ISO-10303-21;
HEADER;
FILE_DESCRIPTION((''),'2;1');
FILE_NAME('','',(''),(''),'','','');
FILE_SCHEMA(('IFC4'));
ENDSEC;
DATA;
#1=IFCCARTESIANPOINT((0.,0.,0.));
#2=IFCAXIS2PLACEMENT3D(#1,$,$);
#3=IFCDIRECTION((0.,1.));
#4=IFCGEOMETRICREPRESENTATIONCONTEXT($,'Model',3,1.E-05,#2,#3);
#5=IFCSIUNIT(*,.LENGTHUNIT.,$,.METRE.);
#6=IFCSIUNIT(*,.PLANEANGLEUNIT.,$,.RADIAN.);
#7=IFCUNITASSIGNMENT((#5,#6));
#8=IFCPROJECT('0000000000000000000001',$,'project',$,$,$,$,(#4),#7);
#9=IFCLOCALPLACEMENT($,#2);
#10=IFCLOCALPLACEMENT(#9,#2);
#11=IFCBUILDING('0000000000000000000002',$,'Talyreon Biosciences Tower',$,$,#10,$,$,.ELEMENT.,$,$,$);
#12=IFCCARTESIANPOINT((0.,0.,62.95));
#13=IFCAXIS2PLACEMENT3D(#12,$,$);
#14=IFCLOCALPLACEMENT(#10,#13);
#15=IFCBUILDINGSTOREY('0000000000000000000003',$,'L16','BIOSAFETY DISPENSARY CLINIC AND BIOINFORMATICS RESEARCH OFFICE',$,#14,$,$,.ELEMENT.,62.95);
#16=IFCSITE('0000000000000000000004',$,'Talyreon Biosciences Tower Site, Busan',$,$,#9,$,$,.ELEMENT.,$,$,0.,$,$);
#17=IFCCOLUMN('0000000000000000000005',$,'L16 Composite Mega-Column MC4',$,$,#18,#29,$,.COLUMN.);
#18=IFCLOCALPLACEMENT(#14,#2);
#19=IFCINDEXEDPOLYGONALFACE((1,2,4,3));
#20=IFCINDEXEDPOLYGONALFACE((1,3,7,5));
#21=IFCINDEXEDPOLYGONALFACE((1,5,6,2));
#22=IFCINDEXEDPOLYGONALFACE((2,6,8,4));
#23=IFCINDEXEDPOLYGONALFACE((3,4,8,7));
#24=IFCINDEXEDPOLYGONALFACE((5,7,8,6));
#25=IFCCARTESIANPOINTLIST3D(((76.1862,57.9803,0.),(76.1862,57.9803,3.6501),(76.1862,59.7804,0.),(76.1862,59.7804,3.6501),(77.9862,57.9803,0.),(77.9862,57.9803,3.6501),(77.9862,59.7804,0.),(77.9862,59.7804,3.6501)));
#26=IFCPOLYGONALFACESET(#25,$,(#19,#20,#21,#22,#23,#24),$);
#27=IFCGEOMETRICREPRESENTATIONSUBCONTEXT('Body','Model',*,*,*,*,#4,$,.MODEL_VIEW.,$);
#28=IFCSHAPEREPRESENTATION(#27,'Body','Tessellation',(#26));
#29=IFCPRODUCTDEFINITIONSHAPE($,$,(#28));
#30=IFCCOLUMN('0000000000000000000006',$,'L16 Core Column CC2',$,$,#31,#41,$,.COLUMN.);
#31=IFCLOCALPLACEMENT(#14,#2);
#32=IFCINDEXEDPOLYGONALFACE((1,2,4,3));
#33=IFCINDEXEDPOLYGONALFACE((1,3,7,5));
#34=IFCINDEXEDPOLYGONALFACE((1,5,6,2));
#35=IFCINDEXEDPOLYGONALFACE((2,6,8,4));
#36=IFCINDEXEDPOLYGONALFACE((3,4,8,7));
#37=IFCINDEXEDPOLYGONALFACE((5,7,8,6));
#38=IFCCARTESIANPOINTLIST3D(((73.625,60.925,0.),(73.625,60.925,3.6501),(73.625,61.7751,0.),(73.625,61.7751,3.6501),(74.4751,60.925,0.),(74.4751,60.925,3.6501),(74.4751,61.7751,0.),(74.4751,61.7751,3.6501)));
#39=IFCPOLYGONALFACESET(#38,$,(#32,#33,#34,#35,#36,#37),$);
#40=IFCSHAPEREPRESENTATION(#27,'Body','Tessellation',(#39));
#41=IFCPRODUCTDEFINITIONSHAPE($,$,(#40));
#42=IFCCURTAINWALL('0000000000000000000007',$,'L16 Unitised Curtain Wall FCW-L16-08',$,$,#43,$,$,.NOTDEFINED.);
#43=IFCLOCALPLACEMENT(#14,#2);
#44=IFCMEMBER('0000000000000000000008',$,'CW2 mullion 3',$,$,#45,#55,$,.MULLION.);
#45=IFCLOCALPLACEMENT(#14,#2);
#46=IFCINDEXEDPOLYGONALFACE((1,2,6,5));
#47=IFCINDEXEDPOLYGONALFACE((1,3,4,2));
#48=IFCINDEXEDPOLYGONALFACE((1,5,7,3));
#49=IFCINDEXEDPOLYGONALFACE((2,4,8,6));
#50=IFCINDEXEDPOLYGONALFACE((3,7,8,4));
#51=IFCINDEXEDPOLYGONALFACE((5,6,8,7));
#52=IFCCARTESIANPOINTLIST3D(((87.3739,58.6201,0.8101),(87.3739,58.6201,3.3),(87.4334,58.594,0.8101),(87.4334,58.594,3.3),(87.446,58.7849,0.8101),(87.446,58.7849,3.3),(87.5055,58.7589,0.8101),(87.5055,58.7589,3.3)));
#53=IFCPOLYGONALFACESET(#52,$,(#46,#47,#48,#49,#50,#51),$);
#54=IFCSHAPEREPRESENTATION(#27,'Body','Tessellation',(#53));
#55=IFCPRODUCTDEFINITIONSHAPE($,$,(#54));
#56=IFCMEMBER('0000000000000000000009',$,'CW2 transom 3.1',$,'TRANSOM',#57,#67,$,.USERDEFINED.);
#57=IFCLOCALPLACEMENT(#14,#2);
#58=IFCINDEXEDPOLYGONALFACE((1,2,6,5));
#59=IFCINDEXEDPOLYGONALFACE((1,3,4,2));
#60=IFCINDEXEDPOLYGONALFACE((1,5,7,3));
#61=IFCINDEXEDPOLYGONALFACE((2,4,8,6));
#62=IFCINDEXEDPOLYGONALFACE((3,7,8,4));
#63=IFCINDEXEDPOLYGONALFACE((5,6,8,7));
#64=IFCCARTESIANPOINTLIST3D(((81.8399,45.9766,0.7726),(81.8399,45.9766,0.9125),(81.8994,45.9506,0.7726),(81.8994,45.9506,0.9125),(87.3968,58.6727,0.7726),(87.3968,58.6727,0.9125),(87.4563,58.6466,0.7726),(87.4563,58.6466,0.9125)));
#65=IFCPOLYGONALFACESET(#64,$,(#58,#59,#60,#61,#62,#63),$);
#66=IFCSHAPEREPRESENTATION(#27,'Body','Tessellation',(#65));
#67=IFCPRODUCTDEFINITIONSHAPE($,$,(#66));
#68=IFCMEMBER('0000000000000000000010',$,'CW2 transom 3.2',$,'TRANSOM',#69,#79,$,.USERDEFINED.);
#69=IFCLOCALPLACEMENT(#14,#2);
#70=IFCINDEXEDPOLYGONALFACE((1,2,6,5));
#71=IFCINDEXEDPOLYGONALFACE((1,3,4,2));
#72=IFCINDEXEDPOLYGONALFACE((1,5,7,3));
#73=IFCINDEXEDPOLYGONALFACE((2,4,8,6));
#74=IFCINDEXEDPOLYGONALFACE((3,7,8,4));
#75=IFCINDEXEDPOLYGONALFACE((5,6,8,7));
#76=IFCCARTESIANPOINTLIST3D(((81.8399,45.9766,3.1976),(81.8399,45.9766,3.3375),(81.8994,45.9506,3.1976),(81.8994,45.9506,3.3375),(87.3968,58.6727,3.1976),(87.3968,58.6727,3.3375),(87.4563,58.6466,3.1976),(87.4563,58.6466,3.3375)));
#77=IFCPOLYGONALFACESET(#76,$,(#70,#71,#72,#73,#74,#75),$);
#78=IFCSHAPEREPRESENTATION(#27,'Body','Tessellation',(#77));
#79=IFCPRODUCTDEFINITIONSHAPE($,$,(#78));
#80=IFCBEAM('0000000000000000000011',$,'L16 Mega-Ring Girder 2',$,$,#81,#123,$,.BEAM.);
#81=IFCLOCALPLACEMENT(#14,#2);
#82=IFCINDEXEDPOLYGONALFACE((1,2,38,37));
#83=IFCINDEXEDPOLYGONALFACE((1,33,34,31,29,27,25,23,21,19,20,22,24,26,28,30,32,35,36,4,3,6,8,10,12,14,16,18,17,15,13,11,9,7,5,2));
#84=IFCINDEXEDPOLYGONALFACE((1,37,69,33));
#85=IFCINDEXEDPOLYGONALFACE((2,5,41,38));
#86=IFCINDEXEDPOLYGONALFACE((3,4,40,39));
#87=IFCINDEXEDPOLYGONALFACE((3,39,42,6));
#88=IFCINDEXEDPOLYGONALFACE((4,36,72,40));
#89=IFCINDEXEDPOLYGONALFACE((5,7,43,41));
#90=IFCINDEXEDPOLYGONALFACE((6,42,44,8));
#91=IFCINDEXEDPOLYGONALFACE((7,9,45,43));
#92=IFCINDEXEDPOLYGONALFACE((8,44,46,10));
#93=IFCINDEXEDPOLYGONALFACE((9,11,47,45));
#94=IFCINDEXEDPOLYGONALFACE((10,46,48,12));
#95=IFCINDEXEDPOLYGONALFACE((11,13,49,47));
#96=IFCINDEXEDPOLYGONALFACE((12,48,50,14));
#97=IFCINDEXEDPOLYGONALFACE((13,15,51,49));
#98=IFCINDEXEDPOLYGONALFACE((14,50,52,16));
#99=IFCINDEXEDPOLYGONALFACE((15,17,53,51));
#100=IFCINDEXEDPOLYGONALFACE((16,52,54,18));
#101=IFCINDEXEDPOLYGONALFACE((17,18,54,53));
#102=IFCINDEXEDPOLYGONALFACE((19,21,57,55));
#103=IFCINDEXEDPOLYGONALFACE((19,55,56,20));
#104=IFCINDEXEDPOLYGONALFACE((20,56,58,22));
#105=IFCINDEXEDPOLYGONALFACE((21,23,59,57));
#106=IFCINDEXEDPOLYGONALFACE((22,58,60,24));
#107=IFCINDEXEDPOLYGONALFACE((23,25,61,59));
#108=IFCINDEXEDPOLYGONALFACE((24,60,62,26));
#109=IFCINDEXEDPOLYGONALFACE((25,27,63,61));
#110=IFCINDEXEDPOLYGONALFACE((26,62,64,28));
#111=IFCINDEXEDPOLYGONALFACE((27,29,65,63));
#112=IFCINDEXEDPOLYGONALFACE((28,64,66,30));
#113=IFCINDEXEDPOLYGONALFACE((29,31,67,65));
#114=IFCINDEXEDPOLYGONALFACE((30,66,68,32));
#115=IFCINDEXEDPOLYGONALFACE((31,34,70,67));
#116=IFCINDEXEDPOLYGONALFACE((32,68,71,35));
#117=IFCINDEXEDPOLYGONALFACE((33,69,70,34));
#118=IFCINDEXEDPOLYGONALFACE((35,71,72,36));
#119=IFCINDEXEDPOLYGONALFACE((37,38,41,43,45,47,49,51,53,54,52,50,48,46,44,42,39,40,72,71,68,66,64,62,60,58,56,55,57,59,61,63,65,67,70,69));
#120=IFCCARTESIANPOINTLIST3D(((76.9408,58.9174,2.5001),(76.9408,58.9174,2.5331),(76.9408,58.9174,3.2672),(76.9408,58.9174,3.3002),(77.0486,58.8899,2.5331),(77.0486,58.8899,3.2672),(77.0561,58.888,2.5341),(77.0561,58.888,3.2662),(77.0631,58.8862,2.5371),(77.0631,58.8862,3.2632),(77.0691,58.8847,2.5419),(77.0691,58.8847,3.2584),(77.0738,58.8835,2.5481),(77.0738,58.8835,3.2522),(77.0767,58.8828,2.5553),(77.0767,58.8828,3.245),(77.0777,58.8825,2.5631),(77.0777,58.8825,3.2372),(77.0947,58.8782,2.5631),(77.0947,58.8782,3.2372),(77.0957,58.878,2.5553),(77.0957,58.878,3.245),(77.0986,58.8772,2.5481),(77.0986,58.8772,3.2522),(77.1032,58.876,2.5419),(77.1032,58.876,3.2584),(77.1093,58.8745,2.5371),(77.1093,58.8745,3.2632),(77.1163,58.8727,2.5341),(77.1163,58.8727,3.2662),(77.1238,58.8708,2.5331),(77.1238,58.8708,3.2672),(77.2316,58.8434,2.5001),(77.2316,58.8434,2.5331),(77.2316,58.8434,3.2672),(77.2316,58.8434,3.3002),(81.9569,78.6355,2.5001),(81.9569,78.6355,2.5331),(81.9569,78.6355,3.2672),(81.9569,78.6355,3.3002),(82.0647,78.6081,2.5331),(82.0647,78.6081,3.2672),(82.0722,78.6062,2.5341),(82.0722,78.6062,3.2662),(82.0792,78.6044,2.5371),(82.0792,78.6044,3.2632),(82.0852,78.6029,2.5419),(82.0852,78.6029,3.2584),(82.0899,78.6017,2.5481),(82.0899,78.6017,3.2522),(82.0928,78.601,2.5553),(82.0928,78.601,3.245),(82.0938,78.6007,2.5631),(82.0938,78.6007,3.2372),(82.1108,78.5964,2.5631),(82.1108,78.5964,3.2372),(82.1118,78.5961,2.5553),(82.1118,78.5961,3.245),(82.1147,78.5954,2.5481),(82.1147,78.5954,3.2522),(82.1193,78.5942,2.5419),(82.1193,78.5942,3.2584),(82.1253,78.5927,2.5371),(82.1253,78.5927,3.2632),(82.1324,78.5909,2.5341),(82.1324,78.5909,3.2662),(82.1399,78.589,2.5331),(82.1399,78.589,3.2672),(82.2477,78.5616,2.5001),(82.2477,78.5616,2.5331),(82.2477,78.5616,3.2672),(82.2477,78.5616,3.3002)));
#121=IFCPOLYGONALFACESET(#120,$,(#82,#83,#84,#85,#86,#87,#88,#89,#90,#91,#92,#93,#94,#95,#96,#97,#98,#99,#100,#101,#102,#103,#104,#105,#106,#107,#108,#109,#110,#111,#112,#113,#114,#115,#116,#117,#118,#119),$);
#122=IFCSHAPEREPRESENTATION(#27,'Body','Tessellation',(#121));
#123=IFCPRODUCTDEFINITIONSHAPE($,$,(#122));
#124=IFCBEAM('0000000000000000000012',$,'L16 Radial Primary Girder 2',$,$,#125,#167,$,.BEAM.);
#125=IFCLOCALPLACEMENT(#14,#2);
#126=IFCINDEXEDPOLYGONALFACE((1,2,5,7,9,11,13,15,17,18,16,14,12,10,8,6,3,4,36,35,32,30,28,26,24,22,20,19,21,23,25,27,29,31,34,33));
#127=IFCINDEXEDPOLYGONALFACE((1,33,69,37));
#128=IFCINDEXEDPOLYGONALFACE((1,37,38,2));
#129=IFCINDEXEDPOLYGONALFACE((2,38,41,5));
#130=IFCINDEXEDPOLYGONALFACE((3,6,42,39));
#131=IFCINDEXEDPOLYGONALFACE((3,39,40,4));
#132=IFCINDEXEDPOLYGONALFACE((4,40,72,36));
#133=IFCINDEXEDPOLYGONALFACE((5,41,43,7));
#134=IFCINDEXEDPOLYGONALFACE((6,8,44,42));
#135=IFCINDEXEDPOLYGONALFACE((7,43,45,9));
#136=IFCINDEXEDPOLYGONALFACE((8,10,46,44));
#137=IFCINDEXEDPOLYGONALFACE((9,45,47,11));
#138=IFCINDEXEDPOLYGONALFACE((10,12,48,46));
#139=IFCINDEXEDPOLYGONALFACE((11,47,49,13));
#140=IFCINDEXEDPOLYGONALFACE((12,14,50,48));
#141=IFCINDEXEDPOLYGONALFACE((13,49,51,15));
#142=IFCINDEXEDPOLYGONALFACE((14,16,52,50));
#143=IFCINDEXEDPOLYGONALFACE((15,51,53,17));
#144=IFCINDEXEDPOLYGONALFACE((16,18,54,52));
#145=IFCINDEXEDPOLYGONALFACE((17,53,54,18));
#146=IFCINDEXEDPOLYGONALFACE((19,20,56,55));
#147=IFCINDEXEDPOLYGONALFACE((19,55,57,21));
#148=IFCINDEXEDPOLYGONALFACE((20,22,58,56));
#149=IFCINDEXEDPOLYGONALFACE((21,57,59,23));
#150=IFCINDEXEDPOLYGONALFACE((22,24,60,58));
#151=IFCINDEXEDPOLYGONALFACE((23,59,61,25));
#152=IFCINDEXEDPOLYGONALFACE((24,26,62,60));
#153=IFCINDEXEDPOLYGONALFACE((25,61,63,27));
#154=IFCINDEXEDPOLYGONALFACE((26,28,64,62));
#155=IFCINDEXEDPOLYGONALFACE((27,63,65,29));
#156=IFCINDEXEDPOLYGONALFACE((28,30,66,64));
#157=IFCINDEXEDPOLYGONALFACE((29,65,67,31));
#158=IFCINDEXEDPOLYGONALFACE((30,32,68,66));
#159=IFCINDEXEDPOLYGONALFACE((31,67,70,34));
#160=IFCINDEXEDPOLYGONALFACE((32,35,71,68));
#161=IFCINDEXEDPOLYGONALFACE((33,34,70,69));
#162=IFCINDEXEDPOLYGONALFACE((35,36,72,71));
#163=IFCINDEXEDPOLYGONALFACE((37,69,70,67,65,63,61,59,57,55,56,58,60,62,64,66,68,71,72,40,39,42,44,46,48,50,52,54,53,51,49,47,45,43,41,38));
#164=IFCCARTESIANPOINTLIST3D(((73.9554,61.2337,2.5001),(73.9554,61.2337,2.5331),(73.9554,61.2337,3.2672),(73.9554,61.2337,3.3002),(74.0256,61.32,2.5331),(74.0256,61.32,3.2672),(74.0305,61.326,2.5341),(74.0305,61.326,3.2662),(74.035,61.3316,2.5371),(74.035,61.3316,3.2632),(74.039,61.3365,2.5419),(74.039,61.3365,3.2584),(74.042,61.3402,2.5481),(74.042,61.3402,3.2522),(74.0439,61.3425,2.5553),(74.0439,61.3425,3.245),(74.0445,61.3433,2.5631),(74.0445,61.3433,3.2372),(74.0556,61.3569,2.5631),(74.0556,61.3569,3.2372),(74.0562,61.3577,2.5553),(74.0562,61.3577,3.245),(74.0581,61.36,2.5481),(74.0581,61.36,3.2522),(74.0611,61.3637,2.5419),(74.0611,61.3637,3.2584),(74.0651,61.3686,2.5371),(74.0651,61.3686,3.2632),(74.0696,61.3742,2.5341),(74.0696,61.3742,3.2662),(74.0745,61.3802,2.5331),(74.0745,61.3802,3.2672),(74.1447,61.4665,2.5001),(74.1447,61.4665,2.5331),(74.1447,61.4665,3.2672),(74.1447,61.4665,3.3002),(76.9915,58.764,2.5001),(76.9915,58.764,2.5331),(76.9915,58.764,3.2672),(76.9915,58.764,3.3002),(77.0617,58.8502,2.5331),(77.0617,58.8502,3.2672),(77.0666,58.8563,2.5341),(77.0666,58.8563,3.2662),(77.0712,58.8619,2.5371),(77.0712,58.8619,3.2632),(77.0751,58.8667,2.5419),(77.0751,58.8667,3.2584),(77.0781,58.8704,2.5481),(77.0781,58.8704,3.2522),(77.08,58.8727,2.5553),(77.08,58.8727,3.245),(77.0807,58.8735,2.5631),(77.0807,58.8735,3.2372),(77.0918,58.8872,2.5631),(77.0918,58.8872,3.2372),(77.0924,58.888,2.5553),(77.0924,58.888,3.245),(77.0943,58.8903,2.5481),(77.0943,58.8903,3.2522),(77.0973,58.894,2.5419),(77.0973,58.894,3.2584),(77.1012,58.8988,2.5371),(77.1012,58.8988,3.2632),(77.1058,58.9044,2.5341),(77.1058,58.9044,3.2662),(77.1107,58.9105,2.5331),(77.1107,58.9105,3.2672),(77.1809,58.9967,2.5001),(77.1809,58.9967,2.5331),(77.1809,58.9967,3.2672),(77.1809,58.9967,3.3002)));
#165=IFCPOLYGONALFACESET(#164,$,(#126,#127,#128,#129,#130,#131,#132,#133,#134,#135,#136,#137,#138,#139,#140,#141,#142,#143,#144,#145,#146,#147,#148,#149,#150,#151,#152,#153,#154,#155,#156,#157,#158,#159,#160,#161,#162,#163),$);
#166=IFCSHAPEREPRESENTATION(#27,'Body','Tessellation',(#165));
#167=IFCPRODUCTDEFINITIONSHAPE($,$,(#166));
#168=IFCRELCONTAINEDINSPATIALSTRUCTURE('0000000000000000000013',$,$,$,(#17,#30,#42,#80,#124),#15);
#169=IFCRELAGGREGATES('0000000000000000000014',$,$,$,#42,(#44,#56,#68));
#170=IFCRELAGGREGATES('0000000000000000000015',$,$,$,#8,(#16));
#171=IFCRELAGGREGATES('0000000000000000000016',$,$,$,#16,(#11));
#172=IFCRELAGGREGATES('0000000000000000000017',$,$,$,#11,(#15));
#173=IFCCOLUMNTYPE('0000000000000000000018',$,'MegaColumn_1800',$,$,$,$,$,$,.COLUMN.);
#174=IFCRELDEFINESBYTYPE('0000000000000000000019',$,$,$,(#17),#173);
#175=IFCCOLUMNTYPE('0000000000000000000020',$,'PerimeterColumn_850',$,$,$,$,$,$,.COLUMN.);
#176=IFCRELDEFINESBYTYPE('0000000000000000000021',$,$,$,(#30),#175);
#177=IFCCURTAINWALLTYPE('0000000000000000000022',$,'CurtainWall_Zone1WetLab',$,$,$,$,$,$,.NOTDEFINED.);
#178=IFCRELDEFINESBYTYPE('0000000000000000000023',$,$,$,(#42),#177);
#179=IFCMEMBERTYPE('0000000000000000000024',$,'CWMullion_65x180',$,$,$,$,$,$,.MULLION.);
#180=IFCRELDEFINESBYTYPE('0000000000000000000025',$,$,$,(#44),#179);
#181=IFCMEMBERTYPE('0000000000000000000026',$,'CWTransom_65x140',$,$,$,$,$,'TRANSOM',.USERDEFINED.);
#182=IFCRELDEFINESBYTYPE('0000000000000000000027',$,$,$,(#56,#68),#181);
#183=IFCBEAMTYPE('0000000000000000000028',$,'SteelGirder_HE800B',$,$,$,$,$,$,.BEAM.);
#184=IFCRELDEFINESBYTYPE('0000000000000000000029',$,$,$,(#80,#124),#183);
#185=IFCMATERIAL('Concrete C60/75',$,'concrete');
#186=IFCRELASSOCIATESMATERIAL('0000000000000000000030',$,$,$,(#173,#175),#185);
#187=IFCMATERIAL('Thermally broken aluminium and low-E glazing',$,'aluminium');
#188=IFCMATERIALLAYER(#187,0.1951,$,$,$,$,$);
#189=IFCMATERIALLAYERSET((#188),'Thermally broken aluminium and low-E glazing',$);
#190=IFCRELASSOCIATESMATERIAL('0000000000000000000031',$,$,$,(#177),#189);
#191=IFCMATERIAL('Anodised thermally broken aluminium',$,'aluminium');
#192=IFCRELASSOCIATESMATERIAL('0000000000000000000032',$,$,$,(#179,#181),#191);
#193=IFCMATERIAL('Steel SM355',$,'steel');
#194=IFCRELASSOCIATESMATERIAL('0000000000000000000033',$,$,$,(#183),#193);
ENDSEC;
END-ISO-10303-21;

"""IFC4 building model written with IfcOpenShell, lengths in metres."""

from ifc_helpers import new_model, si_unit, direction, frame, origin, origin_2d, place, context, subcontext, project, spatial, rectangle, i_section, extrude, material, layer, layer_set, material_profile, profile_set, type_object, element, aggregate, save


model = new_model("IFC4")

# Units and contexts
model_context = context("Model", 3, precision=1e-05, world=origin(), true_north=direction((0.0, 1.0)))
body_context = subcontext(model_context, "Body", "Model", "MODEL_VIEW")
ifc_project = project(units=[si_unit("LENGTHUNIT", "METRE"), si_unit("PLANEANGLEUNIT", "RADIAN")], contexts=[model_context])

# Site, building, storey
site_placement = place(None, origin())
site = spatial("IfcSite", under=ifc_project, at=site_placement, Name="Talyreon Biosciences Tower Site, Busan", CompositionType="ELEMENT", RefElevation=0.0)
building_placement = place(site_placement, origin())
building = spatial("IfcBuilding", under=site, at=building_placement, Name="Talyreon Biosciences Tower", CompositionType="ELEMENT")
storey_placement = place(building_placement, frame((0.0, 0.0, 62.95)))
storey = spatial("IfcBuildingStorey", under=building, at=storey_placement, Name="L16", Description="BIOSAFETY DISPENSARY CLINIC AND BIOINFORMATICS RESEARCH OFFICE", CompositionType="ELEMENT", Elevation=62.95)

# Columns
ifc_material_1 = material(Name="Concrete C60/75", Category="concrete")
ifc_material_profile_1 = material_profile(ifc_material_1, rectangle(XDim=1.8, YDim=1.8, at=origin_2d()), Name="RC 1800x1800")
ifc_profile_set_1 = profile_set([ifc_material_profile_1], Name="Concrete C60/75")
column_type_1 = type_object("IfcColumnType", Name="MegaColumn_1800", PredefinedType="COLUMN", material=ifc_profile_set_1)
column_1_placement = place(storey_placement, frame((77.0862, 58.8804, 0.0), z_axis=(0.0, 0.0, 1.0), x_axis=(1.0, 0.0, 0.0)))
element("IfcColumn", 1, at=column_1_placement, inside=storey, type_object=column_type_1, Name="L16 Composite Mega-Column MC4", PredefinedType="COLUMN", context=body_context, shape_type="SweptSolid", body=[
    extrude(rectangle(XDim=1.8, YDim=1.8, at=origin_2d()), origin(), (0.0, 0.0, 1.0), 3.6501),
])
ifc_material_profile_2 = material_profile(ifc_material_1, rectangle(XDim=0.8501, YDim=0.8501, at=origin_2d()), Name="RC 850x850")
ifc_profile_set_2 = profile_set([ifc_material_profile_2], Name="Concrete C60/75")
column_type_2 = type_object("IfcColumnType", Name="PerimeterColumn_850", PredefinedType="COLUMN", material=ifc_profile_set_2)
column_2_placement = place(storey_placement, frame((74.05, 61.3501, 0.0), z_axis=(0.0, 0.0, 1.0), x_axis=(1.0, 0.0, 0.0)))
element("IfcColumn", 2, at=column_2_placement, inside=storey, type_object=column_type_2, Name="L16 Core Column CC2", PredefinedType="COLUMN", context=body_context, shape_type="SweptSolid", body=[
    extrude(rectangle(XDim=0.8501, YDim=0.8501, at=origin_2d()), origin(), (0.0, 0.0, 1.0), 3.6501),
])

# Curtain wall, members
ifc_material_2 = material(Name="Thermally broken aluminium and low-E glazing", Category="aluminium")
ifc_layer_1 = layer(ifc_material_2, 0.1951)
ifc_layer_set_1 = layer_set([ifc_layer_1], Name="Thermally broken aluminium and low-E glazing")
curtain_wall_type = type_object("IfcCurtainWallType", Name="CurtainWall_Zone1WetLab", PredefinedType="NOTDEFINED", material=ifc_layer_set_1)
curtain_wall_placement = place(storey_placement, origin())
curtain_wall = element("IfcCurtainWall", 3, at=curtain_wall_placement, inside=storey, type_object=curtain_wall_type, Name="L16 Unitised Curtain Wall FCW-L16-08", PredefinedType="NOTDEFINED")
ifc_material_3 = material(Name="Anodised thermally broken aluminium", Category="aluminium")
ifc_material_profile_3 = material_profile(ifc_material_3, rectangle(XDim=0.0649, YDim=0.1799, at=origin_2d()), Name="ALUM MULLION 65x180")
ifc_profile_set_3 = profile_set([ifc_material_profile_3], Name="Anodised thermally broken aluminium")
member_type_1 = type_object("IfcMemberType", Name="CWMullion_65x180", PredefinedType="MULLION", material=ifc_profile_set_3)
member_1_placement = place(storey_placement, frame((87.4397, 58.6895, 0.8101), z_axis=(0.0, 0.0, 1.0), x_axis=(0.916092, -0.400968, 0.0)))
member_1 = element("IfcMember", 4, at=member_1_placement, type_object=member_type_1, Name="CW2 mullion 3", PredefinedType="MULLION", context=body_context, shape_type="SweptSolid", body=[
    extrude(rectangle(XDim=0.0649, YDim=0.1799, at=origin_2d()), origin(), (0.0, 0.0, 1.0), 2.49),
])
ifc_material_profile_4 = material_profile(ifc_material_3, rectangle(XDim=0.0649, YDim=0.1399, at=origin_2d()), Name="ALUM TRANSOM 65x140")
ifc_profile_set_4 = profile_set([ifc_material_profile_4], Name="Anodised thermally broken aluminium")
member_type_2 = type_object("IfcMemberType", Name="CWTransom_65x140", ElementType="TRANSOM", PredefinedType="USERDEFINED", material=ifc_profile_set_4)
member_2_placement = place(storey_placement, frame((87.4265, 58.6597, 0.8425), z_axis=(-0.400962, -0.916095, 0.0), x_axis=(0.916095, -0.400962, 0.0)))
member_2 = element("IfcMember", 5, at=member_2_placement, type_object=member_type_2, Name="CW2 transom 3.1", ObjectType="TRANSOM", PredefinedType="USERDEFINED", context=body_context, shape_type="SweptSolid", body=[
    extrude(rectangle(XDim=0.0649, YDim=0.1399, at=origin_2d()), origin(), (0.0, 0.0, 1.0), 13.8589),
])
member_3_placement = place(storey_placement, frame((87.4265, 58.6597, 3.2676), z_axis=(-0.400962, -0.916095, 0.0), x_axis=(0.916095, -0.400962, 0.0)))
member_3 = element("IfcMember", 6, at=member_3_placement, type_object=member_type_2, Name="CW2 transom 3.2", ObjectType="TRANSOM", PredefinedType="USERDEFINED", context=body_context, shape_type="SweptSolid", body=[
    extrude(rectangle(XDim=0.0649, YDim=0.1399, at=origin_2d()), origin(), (0.0, 0.0, 1.0), 13.8589),
])

# Beams
ifc_material_4 = material(Name="Steel SM355", Category="steel")
ifc_material_profile_5 = material_profile(ifc_material_4, i_section(OverallWidth=0.3, OverallDepth=0.8, WebThickness=0.0176, FlangeThickness=0.033, FilletRadius=0.03, at=origin_2d()), Name="HE800B")
ifc_profile_set_5 = profile_set([ifc_material_profile_5], Name="Steel SM355")
beam_type_1 = type_object("IfcBeamType", Name="SteelGirder_HE800B", PredefinedType="BEAM", material=ifc_profile_set_5)
beam_1_placement = place(storey_placement, frame((77.0862, 58.8804, 2.9001), z_axis=(0.246537, 0.969133, 0.0), x_axis=(-0.969133, 0.246537, 0.0)))
element("IfcBeam", 7, at=beam_1_placement, inside=storey, type_object=beam_type_1, Name="L16 Mega-Ring Girder 2", PredefinedType="BEAM", context=body_context, shape_type="SweptSolid", body=[
    extrude(i_section(OverallWidth=0.3, OverallDepth=0.8, WebThickness=0.0176, FlangeThickness=0.033, FilletRadius=0.03, at=origin_2d()), origin(), (0.0, 0.0, 1.0), 20.3462),
])
beam_2_placement = place(storey_placement, frame((74.05, 61.3501, 2.9001), z_axis=(0.775755, -0.631034, 0.0), x_axis=(0.631034, 0.775755, 0.0)))
element("IfcBeam", 8, at=beam_2_placement, inside=storey, type_object=beam_type_1, Name="L16 Radial Primary Girder 2", PredefinedType="BEAM", context=body_context, shape_type="SweptSolid", body=[
    extrude(i_section(OverallWidth=0.3, OverallDepth=0.8, WebThickness=0.0176, FlangeThickness=0.033, FilletRadius=0.03, at=origin_2d()), origin(), (0.0, 0.0, 1.0), 3.9138),
])

aggregate(curtain_wall, [member_1, member_2, member_3])

save(model, "model.ifc")
